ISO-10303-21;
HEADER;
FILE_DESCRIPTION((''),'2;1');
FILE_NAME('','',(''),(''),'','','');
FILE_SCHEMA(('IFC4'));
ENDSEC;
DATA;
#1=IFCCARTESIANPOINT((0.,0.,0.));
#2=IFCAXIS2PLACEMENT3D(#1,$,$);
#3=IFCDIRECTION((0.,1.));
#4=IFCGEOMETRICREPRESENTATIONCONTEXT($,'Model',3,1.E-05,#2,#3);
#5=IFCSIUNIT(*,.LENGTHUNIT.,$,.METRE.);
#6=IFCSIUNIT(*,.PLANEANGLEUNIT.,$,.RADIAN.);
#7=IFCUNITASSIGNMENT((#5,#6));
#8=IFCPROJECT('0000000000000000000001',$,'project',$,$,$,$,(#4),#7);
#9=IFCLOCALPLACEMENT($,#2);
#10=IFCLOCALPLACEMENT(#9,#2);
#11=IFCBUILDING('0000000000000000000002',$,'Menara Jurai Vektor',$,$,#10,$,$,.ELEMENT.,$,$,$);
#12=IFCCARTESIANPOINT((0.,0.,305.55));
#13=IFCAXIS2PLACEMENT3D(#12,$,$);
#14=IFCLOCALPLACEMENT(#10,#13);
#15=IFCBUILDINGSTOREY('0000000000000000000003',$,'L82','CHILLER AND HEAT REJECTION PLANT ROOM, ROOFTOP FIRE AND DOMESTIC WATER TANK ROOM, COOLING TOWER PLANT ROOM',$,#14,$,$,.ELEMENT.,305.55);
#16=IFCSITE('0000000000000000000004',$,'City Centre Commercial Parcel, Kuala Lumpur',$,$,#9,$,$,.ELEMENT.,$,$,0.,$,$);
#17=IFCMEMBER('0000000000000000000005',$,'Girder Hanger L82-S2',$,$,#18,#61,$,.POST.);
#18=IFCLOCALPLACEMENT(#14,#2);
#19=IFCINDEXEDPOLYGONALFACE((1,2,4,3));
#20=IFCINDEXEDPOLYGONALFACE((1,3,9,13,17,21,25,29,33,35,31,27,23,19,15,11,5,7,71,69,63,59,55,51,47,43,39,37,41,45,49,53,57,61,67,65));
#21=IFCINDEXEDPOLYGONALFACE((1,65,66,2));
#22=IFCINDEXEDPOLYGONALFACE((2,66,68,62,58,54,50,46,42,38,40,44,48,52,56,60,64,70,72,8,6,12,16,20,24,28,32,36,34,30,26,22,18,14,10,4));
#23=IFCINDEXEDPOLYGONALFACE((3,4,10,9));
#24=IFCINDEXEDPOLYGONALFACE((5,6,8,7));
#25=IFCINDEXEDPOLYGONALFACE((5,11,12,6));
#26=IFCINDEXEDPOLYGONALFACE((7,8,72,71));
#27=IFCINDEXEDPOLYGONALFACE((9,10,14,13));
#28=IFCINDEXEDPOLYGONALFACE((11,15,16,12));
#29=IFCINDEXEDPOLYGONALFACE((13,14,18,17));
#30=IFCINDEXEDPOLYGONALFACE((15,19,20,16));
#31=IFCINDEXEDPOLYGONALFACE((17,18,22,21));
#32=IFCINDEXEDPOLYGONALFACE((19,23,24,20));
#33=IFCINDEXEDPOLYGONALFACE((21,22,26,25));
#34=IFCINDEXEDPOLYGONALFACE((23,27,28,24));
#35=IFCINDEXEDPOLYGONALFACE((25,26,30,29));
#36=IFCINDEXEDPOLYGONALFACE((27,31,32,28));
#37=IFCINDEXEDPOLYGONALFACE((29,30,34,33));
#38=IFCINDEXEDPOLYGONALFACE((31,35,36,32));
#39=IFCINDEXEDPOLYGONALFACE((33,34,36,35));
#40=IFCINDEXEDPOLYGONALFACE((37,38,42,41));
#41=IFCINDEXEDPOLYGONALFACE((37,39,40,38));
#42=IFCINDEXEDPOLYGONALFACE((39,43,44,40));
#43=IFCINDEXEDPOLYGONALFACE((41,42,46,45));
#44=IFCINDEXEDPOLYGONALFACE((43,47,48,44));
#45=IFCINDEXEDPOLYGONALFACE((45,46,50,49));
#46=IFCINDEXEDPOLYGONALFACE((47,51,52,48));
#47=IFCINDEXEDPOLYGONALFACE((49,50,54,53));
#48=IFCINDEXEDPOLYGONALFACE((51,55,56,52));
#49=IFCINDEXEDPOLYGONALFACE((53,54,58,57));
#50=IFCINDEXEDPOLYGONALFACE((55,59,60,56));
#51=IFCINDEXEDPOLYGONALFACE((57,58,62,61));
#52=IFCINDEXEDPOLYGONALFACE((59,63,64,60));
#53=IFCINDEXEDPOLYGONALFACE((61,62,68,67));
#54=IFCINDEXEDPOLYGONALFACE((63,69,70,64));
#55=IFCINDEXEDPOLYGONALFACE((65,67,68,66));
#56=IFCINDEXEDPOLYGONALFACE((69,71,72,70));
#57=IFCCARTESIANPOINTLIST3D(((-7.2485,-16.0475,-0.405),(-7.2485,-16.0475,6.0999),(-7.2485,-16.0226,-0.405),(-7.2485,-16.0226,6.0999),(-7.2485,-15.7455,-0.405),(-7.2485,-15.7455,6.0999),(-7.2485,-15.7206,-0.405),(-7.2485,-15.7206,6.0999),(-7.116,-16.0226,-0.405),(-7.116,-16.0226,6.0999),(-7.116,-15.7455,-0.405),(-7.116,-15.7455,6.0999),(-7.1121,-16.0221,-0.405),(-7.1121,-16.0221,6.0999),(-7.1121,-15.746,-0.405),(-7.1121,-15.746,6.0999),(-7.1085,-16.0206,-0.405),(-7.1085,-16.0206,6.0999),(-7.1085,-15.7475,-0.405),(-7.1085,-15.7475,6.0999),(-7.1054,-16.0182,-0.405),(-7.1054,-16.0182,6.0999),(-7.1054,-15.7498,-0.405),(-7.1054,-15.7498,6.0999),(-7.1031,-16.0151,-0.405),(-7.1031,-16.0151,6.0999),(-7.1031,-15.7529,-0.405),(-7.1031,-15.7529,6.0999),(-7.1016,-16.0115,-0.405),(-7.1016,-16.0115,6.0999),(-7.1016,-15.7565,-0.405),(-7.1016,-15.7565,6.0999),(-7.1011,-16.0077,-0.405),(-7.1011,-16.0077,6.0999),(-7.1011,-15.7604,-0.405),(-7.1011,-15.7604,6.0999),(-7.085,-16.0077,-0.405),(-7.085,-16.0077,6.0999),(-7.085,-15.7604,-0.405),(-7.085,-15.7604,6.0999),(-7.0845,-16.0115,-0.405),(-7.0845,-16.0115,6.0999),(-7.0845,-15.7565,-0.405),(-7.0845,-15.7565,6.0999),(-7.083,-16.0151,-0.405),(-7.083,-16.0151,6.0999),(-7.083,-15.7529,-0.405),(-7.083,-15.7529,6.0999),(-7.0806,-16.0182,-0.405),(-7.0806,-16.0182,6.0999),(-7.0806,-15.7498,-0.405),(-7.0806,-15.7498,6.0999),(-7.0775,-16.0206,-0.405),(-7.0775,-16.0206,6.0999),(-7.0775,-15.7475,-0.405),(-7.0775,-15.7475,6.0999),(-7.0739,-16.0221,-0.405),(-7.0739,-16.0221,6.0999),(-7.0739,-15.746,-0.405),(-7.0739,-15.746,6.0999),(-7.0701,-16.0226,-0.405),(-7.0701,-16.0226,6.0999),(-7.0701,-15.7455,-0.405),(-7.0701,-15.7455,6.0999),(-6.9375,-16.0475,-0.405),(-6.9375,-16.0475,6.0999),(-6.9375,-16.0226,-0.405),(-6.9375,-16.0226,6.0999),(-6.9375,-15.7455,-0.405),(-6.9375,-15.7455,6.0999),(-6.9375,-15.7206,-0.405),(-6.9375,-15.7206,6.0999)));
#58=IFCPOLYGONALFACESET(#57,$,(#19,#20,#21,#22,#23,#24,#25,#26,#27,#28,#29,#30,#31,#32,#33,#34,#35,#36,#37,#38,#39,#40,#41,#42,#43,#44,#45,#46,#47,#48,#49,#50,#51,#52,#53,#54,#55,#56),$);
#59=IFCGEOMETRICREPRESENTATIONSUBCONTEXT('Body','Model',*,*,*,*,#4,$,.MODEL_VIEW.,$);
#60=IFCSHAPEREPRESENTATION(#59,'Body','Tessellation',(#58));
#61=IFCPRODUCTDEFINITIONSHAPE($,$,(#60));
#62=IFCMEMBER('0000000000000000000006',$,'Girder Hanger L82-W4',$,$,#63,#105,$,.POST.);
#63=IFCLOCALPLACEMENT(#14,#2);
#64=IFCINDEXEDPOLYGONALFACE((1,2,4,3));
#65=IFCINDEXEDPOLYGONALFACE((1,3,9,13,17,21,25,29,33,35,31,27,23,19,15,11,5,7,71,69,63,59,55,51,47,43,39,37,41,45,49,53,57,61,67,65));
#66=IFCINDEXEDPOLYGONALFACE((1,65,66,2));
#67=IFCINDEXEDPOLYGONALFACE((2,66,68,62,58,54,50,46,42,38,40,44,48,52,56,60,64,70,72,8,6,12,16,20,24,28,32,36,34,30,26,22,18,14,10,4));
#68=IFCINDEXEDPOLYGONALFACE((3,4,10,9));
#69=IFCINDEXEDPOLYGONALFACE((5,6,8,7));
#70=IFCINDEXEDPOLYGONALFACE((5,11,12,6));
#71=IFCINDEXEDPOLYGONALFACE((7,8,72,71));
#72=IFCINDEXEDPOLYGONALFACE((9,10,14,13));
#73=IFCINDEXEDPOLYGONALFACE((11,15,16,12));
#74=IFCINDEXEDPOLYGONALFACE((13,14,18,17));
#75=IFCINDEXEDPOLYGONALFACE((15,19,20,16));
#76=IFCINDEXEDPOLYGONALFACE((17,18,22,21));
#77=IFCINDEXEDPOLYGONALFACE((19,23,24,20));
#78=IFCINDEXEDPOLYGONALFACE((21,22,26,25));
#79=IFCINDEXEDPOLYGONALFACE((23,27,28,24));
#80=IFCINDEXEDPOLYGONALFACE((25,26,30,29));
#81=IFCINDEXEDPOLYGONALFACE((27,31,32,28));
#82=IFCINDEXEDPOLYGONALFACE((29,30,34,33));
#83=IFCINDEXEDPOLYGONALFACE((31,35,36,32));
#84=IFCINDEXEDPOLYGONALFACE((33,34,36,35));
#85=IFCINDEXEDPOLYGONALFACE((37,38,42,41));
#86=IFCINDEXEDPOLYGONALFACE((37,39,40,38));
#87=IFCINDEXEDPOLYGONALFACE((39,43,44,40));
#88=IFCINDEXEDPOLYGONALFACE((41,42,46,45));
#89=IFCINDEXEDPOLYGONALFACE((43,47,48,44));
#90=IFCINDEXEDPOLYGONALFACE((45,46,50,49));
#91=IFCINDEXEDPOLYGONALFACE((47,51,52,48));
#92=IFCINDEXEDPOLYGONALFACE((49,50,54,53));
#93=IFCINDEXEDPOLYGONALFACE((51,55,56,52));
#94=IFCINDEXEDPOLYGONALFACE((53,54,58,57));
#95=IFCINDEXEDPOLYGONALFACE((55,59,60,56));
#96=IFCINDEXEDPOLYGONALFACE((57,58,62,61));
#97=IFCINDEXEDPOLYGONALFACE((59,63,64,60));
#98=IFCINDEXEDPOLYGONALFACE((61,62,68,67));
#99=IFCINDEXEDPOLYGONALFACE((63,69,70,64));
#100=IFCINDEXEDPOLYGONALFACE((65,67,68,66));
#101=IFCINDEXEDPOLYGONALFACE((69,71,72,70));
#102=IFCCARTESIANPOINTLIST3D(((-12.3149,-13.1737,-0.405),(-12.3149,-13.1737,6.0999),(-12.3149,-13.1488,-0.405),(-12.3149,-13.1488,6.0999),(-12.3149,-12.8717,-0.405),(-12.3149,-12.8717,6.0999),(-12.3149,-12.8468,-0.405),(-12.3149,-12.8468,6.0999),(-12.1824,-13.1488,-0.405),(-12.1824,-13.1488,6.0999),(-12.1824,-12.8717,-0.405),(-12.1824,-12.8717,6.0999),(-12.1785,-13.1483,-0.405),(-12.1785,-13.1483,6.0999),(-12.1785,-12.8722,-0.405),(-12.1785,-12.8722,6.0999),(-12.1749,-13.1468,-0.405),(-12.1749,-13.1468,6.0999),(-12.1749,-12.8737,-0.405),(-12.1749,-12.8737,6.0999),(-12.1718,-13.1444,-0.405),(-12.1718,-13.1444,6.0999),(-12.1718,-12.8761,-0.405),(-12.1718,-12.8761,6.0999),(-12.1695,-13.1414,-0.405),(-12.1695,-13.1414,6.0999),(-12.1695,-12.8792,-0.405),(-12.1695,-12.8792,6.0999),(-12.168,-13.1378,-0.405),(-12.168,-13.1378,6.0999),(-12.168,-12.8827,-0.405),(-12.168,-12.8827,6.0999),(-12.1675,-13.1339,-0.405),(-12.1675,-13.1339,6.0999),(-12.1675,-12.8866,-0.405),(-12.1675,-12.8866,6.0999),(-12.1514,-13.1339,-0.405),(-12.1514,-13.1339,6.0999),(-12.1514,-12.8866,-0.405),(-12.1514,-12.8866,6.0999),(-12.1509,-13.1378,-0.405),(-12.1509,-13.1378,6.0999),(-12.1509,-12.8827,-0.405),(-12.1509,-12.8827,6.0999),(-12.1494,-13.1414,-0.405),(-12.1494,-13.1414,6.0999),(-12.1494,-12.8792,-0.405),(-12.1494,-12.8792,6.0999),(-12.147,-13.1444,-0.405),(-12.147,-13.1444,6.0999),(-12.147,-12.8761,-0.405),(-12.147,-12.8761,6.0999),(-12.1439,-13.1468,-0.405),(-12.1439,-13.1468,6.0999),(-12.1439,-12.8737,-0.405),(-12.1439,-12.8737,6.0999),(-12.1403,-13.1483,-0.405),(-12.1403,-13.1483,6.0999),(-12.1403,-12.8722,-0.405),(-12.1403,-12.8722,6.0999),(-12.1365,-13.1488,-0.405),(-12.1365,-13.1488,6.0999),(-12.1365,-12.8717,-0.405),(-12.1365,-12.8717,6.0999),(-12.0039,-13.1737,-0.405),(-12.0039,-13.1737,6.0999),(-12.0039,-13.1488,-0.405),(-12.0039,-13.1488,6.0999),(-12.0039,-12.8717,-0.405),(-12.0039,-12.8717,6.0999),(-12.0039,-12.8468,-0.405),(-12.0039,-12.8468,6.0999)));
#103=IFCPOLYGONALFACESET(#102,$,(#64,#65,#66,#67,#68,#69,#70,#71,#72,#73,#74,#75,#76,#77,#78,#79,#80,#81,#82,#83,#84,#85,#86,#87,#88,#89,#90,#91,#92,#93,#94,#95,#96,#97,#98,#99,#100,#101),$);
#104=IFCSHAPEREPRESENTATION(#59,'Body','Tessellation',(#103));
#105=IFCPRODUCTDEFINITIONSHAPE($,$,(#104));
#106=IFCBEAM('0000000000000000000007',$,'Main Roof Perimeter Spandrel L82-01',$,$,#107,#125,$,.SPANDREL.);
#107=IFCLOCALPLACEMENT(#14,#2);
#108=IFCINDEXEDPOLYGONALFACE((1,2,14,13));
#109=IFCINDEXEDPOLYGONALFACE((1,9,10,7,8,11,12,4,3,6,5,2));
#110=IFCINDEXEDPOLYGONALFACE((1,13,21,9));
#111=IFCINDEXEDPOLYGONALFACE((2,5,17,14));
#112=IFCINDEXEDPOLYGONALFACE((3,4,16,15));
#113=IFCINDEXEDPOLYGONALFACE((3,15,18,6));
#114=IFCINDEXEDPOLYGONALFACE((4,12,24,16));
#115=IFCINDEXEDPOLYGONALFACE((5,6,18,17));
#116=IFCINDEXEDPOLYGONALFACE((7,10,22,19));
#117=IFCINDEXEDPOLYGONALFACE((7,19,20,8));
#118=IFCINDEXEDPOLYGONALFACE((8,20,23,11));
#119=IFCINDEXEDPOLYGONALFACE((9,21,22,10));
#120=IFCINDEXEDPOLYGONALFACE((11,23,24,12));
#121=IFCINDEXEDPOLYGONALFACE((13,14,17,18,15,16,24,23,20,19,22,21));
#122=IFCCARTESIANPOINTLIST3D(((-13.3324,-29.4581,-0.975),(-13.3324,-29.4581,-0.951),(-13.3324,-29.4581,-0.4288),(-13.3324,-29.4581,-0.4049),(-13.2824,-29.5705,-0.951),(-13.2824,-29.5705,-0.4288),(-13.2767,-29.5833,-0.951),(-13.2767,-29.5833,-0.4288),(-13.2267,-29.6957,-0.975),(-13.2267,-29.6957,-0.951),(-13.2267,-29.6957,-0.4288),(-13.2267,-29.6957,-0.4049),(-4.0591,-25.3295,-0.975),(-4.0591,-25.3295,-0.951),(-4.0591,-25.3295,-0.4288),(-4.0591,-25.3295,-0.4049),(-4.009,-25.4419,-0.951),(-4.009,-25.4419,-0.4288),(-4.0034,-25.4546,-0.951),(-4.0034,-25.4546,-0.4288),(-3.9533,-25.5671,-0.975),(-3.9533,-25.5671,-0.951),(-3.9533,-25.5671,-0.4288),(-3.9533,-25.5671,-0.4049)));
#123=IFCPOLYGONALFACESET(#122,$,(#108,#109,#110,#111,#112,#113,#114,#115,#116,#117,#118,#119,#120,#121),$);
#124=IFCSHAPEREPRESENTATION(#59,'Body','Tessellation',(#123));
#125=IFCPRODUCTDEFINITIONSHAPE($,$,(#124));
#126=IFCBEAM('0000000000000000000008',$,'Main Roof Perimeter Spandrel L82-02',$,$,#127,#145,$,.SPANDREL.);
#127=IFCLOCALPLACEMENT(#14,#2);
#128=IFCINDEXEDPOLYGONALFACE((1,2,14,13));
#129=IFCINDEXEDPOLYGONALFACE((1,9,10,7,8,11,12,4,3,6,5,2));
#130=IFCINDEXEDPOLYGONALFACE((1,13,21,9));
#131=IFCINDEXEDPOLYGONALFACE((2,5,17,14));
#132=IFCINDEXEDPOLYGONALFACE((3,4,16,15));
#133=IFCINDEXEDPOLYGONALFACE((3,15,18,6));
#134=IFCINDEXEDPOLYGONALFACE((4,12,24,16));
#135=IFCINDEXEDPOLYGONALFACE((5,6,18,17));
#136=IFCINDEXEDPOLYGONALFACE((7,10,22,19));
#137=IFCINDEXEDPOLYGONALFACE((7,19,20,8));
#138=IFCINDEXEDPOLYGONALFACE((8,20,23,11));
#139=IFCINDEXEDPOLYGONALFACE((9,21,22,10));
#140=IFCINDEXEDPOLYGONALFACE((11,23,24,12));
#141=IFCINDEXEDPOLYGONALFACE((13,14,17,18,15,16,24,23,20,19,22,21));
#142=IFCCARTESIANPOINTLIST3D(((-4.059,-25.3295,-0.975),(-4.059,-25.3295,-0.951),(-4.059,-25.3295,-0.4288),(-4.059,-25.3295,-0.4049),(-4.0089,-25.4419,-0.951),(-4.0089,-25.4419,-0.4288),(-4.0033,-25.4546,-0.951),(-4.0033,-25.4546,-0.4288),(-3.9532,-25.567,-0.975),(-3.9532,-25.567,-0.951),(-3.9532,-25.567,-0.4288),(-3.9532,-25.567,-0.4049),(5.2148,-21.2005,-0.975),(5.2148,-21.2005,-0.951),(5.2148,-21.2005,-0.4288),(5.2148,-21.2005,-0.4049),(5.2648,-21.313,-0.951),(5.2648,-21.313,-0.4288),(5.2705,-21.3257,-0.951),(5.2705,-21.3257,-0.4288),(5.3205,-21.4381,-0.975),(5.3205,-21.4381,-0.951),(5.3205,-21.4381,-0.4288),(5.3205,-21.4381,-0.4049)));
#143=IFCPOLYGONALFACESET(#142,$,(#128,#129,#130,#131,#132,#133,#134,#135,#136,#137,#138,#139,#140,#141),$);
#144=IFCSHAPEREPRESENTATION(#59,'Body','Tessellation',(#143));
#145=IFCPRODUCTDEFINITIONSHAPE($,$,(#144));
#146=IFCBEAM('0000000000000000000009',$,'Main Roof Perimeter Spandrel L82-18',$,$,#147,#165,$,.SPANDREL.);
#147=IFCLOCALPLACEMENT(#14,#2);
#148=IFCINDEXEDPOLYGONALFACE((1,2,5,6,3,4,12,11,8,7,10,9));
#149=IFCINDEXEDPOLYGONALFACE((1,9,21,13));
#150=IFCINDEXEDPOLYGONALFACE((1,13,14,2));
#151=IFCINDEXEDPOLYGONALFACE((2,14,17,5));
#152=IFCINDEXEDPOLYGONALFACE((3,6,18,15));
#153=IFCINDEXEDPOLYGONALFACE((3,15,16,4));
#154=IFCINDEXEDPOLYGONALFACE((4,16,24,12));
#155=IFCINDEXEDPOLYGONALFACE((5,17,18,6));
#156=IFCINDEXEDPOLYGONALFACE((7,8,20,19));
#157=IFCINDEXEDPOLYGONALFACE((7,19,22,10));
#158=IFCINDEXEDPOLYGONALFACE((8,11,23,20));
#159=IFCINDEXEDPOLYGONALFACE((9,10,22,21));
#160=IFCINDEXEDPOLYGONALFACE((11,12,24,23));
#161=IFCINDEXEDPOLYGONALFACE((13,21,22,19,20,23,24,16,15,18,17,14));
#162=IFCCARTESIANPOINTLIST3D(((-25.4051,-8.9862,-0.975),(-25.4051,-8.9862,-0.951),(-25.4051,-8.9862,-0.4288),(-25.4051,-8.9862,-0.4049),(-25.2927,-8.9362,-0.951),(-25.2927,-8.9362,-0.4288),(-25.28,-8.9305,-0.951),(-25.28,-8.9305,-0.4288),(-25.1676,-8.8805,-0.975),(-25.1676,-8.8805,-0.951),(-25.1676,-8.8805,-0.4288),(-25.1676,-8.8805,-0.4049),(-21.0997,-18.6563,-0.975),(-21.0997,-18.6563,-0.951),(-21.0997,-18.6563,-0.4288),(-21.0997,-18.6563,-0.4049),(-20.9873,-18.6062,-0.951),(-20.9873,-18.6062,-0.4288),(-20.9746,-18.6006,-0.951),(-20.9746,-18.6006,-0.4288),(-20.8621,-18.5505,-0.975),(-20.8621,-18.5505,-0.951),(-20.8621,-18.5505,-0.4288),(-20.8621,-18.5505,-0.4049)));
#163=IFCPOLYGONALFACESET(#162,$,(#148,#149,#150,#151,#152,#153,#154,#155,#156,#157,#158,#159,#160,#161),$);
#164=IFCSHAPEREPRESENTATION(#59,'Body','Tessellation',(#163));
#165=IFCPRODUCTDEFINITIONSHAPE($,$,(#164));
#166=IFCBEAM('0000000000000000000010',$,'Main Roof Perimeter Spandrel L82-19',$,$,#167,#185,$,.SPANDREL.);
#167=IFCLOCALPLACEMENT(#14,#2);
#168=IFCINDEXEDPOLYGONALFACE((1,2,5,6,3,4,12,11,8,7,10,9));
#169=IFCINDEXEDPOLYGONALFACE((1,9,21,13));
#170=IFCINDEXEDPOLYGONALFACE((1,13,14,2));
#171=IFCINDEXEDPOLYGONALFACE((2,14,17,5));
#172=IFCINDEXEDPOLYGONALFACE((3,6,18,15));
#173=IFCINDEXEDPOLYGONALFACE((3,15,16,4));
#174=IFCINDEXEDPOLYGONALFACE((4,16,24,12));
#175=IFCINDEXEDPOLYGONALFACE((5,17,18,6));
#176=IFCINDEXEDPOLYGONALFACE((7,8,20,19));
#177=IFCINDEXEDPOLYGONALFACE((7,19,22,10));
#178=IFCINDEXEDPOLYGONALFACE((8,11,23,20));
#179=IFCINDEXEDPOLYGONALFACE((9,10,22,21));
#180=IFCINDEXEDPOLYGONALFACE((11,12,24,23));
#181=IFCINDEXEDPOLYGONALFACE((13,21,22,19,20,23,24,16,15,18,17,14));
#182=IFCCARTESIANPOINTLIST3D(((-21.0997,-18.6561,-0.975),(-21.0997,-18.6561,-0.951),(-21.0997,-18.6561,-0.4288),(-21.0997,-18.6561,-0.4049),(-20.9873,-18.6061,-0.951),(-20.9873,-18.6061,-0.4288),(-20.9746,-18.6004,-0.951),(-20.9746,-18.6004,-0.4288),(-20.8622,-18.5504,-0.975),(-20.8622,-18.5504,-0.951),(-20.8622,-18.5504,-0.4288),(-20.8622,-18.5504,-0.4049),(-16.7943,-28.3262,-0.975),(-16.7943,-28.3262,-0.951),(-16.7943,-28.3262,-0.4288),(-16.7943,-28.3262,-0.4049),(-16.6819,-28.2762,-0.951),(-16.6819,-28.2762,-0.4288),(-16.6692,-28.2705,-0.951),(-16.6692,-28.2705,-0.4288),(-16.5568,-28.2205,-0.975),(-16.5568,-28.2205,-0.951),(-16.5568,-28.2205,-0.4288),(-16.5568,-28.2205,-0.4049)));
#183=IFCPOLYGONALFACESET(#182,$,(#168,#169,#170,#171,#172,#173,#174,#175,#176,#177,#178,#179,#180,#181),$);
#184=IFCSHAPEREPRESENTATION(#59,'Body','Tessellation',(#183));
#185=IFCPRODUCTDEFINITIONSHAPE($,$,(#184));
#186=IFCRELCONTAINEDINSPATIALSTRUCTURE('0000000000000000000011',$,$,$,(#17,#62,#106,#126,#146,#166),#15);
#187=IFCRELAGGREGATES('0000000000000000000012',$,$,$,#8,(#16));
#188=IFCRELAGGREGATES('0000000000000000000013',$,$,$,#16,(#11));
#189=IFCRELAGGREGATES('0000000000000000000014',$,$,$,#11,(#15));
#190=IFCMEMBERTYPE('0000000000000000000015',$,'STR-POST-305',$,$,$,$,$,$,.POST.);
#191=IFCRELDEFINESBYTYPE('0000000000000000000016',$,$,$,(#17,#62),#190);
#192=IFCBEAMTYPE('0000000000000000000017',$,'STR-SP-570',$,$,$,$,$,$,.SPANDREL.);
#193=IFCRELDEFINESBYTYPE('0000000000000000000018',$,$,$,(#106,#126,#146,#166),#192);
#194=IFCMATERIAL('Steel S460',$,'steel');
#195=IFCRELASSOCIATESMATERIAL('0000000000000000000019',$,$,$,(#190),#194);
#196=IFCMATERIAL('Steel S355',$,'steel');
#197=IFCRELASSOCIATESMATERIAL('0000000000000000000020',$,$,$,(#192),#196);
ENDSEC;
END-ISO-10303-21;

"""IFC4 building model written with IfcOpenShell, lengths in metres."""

from ifc_helpers import new_model, si_unit, direction, frame, origin, origin_2d, place, context, subcontext, project, spatial, i_section, extrude, material, material_profile, profile_set, type_object, element, save


model = new_model("IFC4")

# Units and contexts
model_context = context("Model", 3, precision=1e-05, world=origin(), true_north=direction((0.0, 1.0)))
body_context = subcontext(model_context, "Body", "Model", "MODEL_VIEW")
ifc_project = project(units=[si_unit("LENGTHUNIT", "METRE"), si_unit("PLANEANGLEUNIT", "RADIAN")], contexts=[model_context])

# Site, building, storey
site_placement = place(None, origin())
site = spatial("IfcSite", under=ifc_project, at=site_placement, Name="City Centre Commercial Parcel, Kuala Lumpur", CompositionType="ELEMENT", RefElevation=0.0)
building_placement = place(site_placement, origin())
building = spatial("IfcBuilding", under=site, at=building_placement, Name="Menara Jurai Vektor", CompositionType="ELEMENT")
storey_placement = place(building_placement, frame((0.0, 0.0, 305.55)))
storey = spatial("IfcBuildingStorey", under=building, at=storey_placement, Name="L82", Description="CHILLER AND HEAT REJECTION PLANT ROOM, ROOFTOP FIRE AND DOMESTIC WATER TANK ROOM, COOLING TOWER PLANT ROOM", CompositionType="ELEMENT", Elevation=305.55)

# Shared definitions
ifc_material_1 = material(Name="Steel S460", Category="steel")

# Shared definitions
ifc_material_2 = material(Name="Steel S355", Category="steel")

# Members
ifc_material_profile_1 = material_profile(ifc_material_1, i_section(OverallWidth=0.311, OverallDepth=0.3269, WebThickness=0.0161, FlangeThickness=0.0249, FilletRadius=0.0149, at=origin_2d()), Name="UKC 305x305x158")
ifc_profile_set_1 = profile_set([ifc_material_profile_1], Name="Steel S460")
member_type = type_object("IfcMemberType", Name="STR-POST-305", PredefinedType="POST", material=ifc_profile_set_1)
for number, where, z_axis, x_axis, name in (
    (1, (-7.093, -15.884, -0.405), (0.0, 0.0, 1.0), (1.0, 0.0, 0.0), "Girder Hanger L82-S2"),
    (2, (-12.1594, -13.0103, -0.405), (0.0, 0.0, 1.0), (1.0, 0.0, 0.0), "Girder Hanger L82-W4"),
):
    element("IfcMember", number, at=place(storey_placement, frame(where, z_axis=z_axis, x_axis=x_axis)), inside=storey, type_object=member_type, Name=name, PredefinedType="POST", context=body_context, shape_type="SweptSolid", body=[
        extrude(i_section(OverallWidth=0.311, OverallDepth=0.3269, WebThickness=0.0161, FlangeThickness=0.0249, FilletRadius=0.0149, at=origin_2d()), origin(), (0.0, 0.0, 1.0), 6.5049),
    ])

# Beams
ifc_material_profile_2 = material_profile(ifc_material_2, i_section(OverallWidth=0.26, OverallDepth=0.5701, WebThickness=0.0139, FlangeThickness=0.0239, at=origin_2d()), Name="PG 570x260x145")
ifc_profile_set_2 = profile_set([ifc_material_profile_2], Name="Steel S355")
beam_type_1 = type_object("IfcBeamType", Name="STR-SP-570", PredefinedType="SPANDREL", material=ifc_profile_set_2)
beam_1_placement = place(storey_placement, frame((-13.2795, -29.5769, -0.6899), z_axis=(0.913551, 0.406725, 0.0), x_axis=(-0.406725, 0.913551, 0.0)))
element("IfcBeam", 3, at=beam_1_placement, inside=storey, type_object=beam_type_1, Name="Main Roof Perimeter Spandrel L82-01", PredefinedType="SPANDREL", context=body_context, shape_type="SweptSolid", body=[
    extrude(i_section(OverallWidth=0.26, OverallDepth=0.5701, WebThickness=0.0139, FlangeThickness=0.0239, at=origin_2d()), origin(), (0.0, 0.0, 1.0), 10.1509),
])
beam_2_placement = place(storey_placement, frame((-4.0061, -25.4482, -0.6899), z_axis=(0.913546, 0.406736, 0.0), x_axis=(-0.406736, 0.913546, 0.0)))
element("IfcBeam", 4, at=beam_2_placement, inside=storey, type_object=beam_type_1, Name="Main Roof Perimeter Spandrel L82-02", PredefinedType="SPANDREL", context=body_context, shape_type="SweptSolid", body=[
    extrude(i_section(OverallWidth=0.26, OverallDepth=0.5701, WebThickness=0.0139, FlangeThickness=0.0239, at=origin_2d()), origin(), (0.0, 0.0, 1.0), 10.1514),
])
for number, where, z_axis, x_axis, name in (
    (5, (-25.2864, -8.9333, -0.6899), (0.406744, -0.913542, 0.0), (0.913542, 0.406744, 0.0), "Main Roof Perimeter Spandrel L82-18"),
    (6, (-20.981, -18.6033, -0.6899), (0.406735, -0.913546, 0.0), (0.913546, 0.406735, 0.0), "Main Roof Perimeter Spandrel L82-19"),
):
    element("IfcBeam", number, at=place(storey_placement, frame(where, z_axis=z_axis, x_axis=x_axis)), inside=storey, type_object=beam_type_1, Name=name, PredefinedType="SPANDREL", context=body_context, shape_type="SweptSolid", body=[
        extrude(i_section(OverallWidth=0.26, OverallDepth=0.5701, WebThickness=0.0139, FlangeThickness=0.0239, at=origin_2d()), origin(), (0.0, 0.0, 1.0), 10.5852),
    ])

save(model, "model.ifc")
